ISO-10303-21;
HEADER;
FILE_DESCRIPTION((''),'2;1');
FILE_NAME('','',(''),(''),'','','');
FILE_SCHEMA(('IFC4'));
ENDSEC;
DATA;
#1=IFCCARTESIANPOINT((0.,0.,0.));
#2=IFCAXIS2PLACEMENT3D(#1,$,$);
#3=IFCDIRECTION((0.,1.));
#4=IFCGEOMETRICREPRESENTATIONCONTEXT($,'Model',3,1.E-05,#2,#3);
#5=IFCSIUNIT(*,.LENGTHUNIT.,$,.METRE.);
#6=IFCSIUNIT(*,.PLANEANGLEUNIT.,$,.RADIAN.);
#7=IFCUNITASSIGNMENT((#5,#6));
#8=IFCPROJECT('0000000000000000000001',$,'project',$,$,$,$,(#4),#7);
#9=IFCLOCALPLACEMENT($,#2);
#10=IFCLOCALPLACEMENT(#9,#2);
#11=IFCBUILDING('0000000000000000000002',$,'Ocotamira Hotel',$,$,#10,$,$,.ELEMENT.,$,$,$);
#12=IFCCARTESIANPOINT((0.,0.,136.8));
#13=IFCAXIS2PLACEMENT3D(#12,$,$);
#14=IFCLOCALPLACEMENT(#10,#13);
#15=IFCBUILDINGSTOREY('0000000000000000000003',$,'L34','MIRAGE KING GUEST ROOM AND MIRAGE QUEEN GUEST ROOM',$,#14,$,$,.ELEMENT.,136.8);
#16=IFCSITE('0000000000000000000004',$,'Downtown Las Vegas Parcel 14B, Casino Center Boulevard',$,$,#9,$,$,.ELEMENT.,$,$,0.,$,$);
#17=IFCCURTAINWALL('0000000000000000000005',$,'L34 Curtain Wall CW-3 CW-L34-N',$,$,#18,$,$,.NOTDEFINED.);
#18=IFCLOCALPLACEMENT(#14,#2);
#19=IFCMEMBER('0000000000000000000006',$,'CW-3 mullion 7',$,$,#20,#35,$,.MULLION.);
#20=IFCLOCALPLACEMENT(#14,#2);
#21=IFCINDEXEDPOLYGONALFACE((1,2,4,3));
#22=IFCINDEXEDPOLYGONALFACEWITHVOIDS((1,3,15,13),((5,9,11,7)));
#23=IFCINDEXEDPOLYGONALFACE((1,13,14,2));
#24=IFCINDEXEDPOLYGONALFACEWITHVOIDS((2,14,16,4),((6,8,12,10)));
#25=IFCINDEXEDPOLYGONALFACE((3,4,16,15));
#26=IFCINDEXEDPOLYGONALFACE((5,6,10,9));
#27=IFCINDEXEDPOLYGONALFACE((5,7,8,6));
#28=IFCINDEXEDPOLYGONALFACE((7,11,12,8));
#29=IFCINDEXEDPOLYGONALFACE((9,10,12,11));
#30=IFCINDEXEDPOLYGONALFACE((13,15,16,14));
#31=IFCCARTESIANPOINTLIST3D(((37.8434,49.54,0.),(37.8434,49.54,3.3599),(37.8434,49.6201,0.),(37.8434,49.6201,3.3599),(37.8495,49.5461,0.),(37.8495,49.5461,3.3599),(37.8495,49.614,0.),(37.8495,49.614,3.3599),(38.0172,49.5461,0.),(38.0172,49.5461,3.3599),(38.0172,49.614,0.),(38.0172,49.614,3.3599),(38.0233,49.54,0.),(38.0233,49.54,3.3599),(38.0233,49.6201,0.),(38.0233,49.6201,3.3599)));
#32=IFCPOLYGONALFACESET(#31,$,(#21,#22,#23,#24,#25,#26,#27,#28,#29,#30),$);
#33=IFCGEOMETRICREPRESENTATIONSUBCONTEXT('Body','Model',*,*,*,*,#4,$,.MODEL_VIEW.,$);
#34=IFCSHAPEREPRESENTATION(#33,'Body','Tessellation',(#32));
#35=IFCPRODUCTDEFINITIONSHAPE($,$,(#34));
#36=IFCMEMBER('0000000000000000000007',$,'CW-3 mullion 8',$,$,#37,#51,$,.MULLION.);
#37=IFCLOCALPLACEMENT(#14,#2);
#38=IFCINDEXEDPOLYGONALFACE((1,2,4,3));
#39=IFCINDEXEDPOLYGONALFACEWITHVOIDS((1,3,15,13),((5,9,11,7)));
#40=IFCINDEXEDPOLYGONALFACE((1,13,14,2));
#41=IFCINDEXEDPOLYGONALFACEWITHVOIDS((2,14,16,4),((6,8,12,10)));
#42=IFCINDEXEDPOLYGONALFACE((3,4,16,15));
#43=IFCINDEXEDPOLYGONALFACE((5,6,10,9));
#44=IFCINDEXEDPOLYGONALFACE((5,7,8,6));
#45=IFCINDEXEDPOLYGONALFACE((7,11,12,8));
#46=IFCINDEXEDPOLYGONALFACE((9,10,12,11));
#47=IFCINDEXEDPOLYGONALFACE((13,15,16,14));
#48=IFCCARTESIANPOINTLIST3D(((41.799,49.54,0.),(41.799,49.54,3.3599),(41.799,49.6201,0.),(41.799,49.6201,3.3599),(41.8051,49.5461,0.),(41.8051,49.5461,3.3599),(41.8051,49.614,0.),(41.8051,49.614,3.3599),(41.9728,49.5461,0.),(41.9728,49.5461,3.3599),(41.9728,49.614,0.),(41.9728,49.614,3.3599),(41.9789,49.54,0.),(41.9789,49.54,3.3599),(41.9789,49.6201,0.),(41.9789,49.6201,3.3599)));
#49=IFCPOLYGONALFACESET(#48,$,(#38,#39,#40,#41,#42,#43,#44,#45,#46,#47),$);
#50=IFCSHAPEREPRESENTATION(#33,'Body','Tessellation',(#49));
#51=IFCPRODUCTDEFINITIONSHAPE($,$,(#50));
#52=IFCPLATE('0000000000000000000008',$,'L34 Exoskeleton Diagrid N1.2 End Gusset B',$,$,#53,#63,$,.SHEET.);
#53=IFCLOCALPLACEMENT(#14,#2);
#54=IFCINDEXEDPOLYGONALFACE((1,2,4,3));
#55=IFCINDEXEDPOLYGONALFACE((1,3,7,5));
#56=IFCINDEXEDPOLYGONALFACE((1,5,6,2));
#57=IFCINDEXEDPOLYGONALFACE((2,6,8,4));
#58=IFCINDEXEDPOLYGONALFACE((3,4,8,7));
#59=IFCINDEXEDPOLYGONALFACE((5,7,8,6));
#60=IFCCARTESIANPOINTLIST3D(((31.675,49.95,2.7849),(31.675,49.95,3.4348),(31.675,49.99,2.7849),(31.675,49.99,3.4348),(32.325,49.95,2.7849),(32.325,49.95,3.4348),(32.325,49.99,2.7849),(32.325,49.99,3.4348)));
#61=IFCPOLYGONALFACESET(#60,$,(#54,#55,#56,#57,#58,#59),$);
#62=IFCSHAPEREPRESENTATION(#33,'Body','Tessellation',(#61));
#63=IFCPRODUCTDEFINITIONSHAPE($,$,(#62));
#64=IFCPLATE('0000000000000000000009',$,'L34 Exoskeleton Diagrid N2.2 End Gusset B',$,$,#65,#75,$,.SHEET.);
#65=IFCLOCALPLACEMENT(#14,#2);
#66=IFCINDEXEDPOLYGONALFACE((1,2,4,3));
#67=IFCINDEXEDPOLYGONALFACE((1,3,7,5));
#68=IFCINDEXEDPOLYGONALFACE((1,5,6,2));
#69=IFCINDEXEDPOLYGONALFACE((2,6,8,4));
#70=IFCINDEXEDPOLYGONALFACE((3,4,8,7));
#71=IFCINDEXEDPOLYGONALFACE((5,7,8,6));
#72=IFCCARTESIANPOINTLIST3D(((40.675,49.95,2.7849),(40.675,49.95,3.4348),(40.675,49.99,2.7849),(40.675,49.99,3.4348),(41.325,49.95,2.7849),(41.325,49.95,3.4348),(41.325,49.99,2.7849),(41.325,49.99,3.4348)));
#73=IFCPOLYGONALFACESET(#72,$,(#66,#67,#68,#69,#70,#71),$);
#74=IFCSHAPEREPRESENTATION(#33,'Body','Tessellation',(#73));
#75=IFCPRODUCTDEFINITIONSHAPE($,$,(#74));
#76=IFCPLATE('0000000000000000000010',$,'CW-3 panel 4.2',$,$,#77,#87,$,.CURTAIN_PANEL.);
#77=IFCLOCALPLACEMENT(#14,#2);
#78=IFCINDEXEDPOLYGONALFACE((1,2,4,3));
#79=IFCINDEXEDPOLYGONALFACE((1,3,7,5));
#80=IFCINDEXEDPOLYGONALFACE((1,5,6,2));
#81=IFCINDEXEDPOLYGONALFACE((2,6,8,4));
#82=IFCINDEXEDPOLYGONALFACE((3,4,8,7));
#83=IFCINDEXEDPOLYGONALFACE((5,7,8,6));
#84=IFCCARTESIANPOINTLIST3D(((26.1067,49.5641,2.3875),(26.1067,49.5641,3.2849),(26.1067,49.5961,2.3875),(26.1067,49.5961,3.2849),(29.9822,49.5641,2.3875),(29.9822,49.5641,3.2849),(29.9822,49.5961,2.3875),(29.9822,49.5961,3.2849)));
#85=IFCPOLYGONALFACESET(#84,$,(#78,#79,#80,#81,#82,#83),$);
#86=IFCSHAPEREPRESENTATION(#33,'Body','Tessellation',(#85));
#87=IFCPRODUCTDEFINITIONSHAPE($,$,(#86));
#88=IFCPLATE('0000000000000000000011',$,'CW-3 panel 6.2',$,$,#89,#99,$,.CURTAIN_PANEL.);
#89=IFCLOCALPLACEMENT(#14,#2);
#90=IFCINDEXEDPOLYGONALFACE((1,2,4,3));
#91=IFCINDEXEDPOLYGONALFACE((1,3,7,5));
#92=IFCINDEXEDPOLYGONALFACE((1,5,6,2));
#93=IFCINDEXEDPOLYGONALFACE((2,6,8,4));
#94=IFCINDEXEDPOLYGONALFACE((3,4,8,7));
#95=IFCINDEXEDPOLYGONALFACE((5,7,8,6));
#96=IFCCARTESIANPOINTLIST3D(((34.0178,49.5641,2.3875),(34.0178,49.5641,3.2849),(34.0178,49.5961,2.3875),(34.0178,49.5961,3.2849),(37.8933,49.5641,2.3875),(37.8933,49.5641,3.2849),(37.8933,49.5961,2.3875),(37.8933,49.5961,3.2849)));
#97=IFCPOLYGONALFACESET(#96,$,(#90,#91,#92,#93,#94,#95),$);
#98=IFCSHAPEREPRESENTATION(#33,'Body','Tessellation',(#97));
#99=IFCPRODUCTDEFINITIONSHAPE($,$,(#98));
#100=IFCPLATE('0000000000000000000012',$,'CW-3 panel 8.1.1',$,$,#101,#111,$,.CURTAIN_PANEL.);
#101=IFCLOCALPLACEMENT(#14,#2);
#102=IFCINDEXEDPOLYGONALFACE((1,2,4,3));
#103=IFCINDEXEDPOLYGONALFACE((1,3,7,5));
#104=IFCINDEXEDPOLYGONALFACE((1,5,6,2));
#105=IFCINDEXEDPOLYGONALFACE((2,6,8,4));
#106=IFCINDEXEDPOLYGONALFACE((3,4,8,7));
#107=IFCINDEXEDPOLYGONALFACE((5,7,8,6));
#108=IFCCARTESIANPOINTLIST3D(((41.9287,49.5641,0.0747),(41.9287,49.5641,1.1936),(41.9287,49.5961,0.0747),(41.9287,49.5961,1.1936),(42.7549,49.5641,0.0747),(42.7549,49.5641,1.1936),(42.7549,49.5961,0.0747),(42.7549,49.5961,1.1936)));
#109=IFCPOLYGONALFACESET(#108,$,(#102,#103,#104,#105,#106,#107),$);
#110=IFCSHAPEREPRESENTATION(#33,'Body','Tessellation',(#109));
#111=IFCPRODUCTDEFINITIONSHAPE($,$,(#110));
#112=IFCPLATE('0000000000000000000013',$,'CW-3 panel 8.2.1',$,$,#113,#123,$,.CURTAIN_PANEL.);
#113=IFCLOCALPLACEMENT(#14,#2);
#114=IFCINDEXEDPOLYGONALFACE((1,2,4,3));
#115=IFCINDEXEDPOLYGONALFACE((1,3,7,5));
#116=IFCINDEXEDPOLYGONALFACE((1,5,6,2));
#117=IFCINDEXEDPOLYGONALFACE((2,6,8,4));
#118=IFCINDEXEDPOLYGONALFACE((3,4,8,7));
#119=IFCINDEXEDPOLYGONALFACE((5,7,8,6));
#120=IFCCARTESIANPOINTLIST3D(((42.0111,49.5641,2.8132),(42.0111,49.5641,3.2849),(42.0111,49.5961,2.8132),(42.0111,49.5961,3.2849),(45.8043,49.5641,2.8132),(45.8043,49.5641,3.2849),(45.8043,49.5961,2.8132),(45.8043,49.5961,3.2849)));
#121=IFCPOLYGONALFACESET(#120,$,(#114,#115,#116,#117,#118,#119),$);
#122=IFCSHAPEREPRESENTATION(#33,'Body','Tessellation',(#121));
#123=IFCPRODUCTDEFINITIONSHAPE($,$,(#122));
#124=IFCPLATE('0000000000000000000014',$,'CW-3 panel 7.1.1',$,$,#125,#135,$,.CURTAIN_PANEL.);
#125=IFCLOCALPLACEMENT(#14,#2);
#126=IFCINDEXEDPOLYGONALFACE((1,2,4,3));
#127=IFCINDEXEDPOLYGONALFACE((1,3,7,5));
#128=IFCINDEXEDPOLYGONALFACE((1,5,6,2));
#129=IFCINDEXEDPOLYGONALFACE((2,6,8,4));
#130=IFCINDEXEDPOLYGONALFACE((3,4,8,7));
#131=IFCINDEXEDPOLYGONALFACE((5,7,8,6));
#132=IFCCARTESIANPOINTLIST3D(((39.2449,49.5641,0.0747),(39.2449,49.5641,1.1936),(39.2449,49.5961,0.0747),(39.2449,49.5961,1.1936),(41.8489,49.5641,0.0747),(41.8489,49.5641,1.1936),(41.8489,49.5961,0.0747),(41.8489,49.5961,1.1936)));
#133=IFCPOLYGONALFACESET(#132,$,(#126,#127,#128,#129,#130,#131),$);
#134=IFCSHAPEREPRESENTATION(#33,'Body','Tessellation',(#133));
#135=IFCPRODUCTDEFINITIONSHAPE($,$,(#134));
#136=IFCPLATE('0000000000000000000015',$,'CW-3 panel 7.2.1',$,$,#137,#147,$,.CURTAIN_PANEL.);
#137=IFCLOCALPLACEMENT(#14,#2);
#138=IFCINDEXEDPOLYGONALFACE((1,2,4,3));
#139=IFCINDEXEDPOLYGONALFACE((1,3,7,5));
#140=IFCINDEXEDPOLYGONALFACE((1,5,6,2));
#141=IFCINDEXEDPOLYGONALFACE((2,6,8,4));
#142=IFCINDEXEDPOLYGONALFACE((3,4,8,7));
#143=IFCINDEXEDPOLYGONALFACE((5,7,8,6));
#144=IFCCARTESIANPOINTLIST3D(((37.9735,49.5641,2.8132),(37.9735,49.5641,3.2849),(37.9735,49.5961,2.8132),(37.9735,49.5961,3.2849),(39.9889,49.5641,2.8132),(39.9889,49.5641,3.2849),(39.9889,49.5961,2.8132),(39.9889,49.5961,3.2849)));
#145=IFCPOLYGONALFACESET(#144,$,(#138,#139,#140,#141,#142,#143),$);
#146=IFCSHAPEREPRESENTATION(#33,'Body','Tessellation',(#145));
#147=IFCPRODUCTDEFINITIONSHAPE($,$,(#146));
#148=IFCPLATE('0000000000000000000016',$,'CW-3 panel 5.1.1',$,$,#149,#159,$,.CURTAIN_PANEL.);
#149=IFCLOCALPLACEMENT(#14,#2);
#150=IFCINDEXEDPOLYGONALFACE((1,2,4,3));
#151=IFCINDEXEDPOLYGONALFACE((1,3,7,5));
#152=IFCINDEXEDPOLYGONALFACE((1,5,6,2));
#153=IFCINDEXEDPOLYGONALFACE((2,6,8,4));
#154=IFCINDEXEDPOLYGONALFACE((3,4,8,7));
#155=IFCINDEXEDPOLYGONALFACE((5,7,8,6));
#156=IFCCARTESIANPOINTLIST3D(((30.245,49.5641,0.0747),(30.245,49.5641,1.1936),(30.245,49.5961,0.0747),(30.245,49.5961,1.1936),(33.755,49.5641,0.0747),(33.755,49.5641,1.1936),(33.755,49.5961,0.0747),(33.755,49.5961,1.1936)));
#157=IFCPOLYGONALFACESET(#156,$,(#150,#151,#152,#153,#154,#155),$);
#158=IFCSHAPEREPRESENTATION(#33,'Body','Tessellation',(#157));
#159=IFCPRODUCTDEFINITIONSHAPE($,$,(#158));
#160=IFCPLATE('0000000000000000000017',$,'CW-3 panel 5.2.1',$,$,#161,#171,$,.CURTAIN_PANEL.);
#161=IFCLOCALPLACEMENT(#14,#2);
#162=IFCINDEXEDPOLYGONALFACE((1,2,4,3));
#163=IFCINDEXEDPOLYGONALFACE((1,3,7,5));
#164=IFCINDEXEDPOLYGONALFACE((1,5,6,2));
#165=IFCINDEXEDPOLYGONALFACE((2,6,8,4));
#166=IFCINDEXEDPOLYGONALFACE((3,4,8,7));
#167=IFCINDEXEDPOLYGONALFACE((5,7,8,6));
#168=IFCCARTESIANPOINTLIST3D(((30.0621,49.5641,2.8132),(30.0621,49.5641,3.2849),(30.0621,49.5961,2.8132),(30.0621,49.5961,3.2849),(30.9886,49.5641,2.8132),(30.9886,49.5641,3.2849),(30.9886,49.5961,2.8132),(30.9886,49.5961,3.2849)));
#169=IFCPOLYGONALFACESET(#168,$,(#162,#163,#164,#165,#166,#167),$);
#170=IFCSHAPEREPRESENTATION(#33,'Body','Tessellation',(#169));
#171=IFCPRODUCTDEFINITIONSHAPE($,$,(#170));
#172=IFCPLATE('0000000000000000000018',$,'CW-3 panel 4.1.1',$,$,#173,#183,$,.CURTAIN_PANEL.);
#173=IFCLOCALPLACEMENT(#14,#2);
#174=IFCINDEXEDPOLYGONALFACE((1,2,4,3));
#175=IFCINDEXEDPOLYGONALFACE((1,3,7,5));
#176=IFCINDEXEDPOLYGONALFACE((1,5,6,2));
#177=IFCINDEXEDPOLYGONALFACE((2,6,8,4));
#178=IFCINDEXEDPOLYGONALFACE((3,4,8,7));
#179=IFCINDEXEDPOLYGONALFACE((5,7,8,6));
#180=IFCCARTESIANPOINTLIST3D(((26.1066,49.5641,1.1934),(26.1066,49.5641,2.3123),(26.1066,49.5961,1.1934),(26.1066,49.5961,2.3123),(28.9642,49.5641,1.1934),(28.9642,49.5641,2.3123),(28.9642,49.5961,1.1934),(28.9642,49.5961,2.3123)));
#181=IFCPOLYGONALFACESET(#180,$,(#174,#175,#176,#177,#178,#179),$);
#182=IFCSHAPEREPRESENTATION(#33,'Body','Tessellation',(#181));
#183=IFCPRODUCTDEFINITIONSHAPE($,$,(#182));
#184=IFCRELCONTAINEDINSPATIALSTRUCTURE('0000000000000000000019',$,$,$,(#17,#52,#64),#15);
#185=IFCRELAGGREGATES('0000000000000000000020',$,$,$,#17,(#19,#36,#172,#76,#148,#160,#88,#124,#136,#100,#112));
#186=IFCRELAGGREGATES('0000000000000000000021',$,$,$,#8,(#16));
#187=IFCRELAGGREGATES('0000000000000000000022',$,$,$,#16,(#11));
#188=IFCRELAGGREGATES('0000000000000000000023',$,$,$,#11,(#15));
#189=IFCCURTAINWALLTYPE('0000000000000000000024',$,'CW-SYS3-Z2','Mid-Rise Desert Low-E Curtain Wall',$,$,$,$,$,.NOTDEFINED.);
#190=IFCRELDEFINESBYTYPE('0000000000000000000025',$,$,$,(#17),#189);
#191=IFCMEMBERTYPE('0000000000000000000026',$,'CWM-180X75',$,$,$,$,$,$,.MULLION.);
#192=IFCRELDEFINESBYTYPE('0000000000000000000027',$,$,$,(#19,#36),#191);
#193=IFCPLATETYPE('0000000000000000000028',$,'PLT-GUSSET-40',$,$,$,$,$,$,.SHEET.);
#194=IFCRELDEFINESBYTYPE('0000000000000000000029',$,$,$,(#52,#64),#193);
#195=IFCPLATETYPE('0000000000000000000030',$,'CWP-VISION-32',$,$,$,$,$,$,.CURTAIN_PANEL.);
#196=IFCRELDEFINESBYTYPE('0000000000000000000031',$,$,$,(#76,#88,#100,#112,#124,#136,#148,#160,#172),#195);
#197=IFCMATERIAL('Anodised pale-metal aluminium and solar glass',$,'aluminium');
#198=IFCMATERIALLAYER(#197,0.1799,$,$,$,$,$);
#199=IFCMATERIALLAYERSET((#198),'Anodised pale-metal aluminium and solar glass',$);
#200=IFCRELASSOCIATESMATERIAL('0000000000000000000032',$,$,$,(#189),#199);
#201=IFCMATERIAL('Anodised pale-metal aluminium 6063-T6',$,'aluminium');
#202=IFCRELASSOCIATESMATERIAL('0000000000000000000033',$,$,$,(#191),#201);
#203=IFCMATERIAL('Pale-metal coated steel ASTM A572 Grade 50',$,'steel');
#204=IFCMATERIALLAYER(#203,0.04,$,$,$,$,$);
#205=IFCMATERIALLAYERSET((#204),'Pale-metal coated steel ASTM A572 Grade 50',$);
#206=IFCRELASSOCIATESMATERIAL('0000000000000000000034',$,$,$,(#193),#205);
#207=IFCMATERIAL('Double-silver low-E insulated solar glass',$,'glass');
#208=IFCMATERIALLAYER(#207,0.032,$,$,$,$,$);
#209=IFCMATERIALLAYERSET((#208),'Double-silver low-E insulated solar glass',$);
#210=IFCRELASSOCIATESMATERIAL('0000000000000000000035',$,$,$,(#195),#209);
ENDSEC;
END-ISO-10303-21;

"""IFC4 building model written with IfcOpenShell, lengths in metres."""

from ifc_helpers import new_model, si_unit, direction, frame, origin, origin_2d, place, context, subcontext, project, spatial, rectangle, hollow_rectangle, extrude, source, transform, mapped, material, layer, layer_set, material_profile, profile_set, type_object, element, aggregate, save


model = new_model("IFC4")

# Units and contexts
model_context = context("Model", 3, precision=1e-05, world=origin(), true_north=direction((0.0, 1.0)))
body_context = subcontext(model_context, "Body", "Model", "MODEL_VIEW")
ifc_project = project(units=[si_unit("LENGTHUNIT", "METRE"), si_unit("PLANEANGLEUNIT", "RADIAN")], contexts=[model_context])

# Site, building, storey
site_placement = place(None, origin())
site = spatial("IfcSite", under=ifc_project, at=site_placement, Name="Downtown Las Vegas Parcel 14B, Casino Center Boulevard", CompositionType="ELEMENT", RefElevation=0.0)
building_placement = place(site_placement, origin())
building = spatial("IfcBuilding", under=site, at=building_placement, Name="Ocotamira Hotel", CompositionType="ELEMENT")
storey_placement = place(building_placement, frame((0.0, 0.0, 136.8)))
storey = spatial("IfcBuildingStorey", under=building, at=storey_placement, Name="L34", Description="MIRAGE KING GUEST ROOM AND MIRAGE QUEEN GUEST ROOM", CompositionType="ELEMENT", Elevation=136.8)

# Curtain wall, members
ifc_material_1 = material(Name="Anodised pale-metal aluminium and solar glass", Category="aluminium")
ifc_layer_1 = layer(ifc_material_1, 0.1799)
ifc_layer_set_1 = layer_set([ifc_layer_1], Name="Anodised pale-metal aluminium and solar glass")
curtain_wall_type = type_object("IfcCurtainWallType", Name="CW-SYS3-Z2", Description="Mid-Rise Desert Low-E Curtain Wall", PredefinedType="NOTDEFINED", material=ifc_layer_set_1)
curtain_wall_placement = place(storey_placement, origin())
curtain_wall = element("IfcCurtainWall", 1, at=curtain_wall_placement, inside=storey, type_object=curtain_wall_type, Name="L34 Curtain Wall CW-3 CW-L34-N", PredefinedType="NOTDEFINED")
ifc_material_2 = material(Name="Anodised pale-metal aluminium 6063-T6", Category="aluminium")
ifc_material_profile_1 = material_profile(ifc_material_2, hollow_rectangle(XDim=0.0801, YDim=0.1799, WallThickness=0.0061, at=origin_2d()), Name="HSS180X80X6")
ifc_profile_set_1 = profile_set([ifc_material_profile_1], Name="Anodised pale-metal aluminium 6063-T6")
member_type_1 = type_object("IfcMemberType", Name="CWM-180X75", PredefinedType="MULLION", material=ifc_profile_set_1)
shared_shape_1 = source(origin(), body_context, "Body", "SweptSolid", [
    extrude(hollow_rectangle(XDim=0.0801, YDim=0.1799, WallThickness=0.0061, at=origin_2d()), origin(), (0.0, 0.0, 1.0), 3.3599),
])
member_1_placement = place(storey_placement, frame((37.9333, 49.5801, 0.0), z_axis=(0.0, 0.0, 1.0), x_axis=(0.0, 1.0, 0.0)))
member_1 = element("IfcMember", 2, at=member_1_placement, type_object=member_type_1, Name="CW-3 mullion 7", PredefinedType="MULLION", context=body_context, shape_type="MappedRepresentation", body=[
    mapped(shared_shape_1, transform((0.0, 0.0, 0.0), scale=1.0)),
])
member_2_placement = place(storey_placement, frame((41.8889, 49.5801, 0.0), z_axis=(0.0, 0.0, 1.0), x_axis=(0.0, 1.0, 0.0)))
member_2 = element("IfcMember", 3, at=member_2_placement, type_object=member_type_1, Name="CW-3 mullion 8", PredefinedType="MULLION", context=body_context, shape_type="MappedRepresentation", body=[
    mapped(shared_shape_1, transform((0.0, 0.0, 0.0), scale=1.0)),
])

# Plates
ifc_material_3 = material(Name="Pale-metal coated steel ASTM A572 Grade 50", Category="steel")
ifc_layer_2 = layer(ifc_material_3, 0.04)
ifc_layer_set_2 = layer_set([ifc_layer_2], Name="Pale-metal coated steel ASTM A572 Grade 50")
plate_type_1 = type_object("IfcPlateType", Name="PLT-GUSSET-40", PredefinedType="SHEET", material=ifc_layer_set_2)
shared_shape_2 = source(origin(), body_context, "Body", "SweptSolid", [
    extrude(rectangle(XDim=0.6499, YDim=0.04, at=origin_2d()), origin(), (0.0, 0.0, 1.0), 0.6499),
])
for number, where, z_axis, x_axis, name in (
    (4, (32.0, 49.97, 2.7849), (0.0, 0.0, 1.0), (1.0, 0.0, 0.0), "L34 Exoskeleton Diagrid N1.2 End Gusset B"),
    (5, (41.0, 49.97, 2.7849), (0.0, 0.0, 1.0), (1.0, 0.0, 0.0), "L34 Exoskeleton Diagrid N2.2 End Gusset B"),
):
    element("IfcPlate", number, at=place(storey_placement, frame(where, z_axis=z_axis, x_axis=x_axis)), inside=storey, type_object=plate_type_1, Name=name, PredefinedType="SHEET", context=body_context, shape_type="MappedRepresentation", body=[
        mapped(shared_shape_2, transform((0.0, 0.0, 0.0), scale=1.0)),
    ])

# Plates
ifc_material_4 = material(Name="Double-silver low-E insulated solar glass", Category="glass")
ifc_layer_3 = layer(ifc_material_4, 0.032)
ifc_layer_set_3 = layer_set([ifc_layer_3], Name="Double-silver low-E insulated solar glass")
plate_type_2 = type_object("IfcPlateType", Name="CWP-VISION-32", PredefinedType="CURTAIN_PANEL", material=ifc_layer_set_3)
shared_shape_3 = source(origin(), body_context, "Body", "SweptSolid", [
    extrude(rectangle(XDim=3.8755, YDim=0.032, at=origin_2d()), origin(), (0.0, 0.0, 1.0), 0.8975),
])
plate_1_placement = place(storey_placement, frame((28.0444, 49.5801, 2.3875), z_axis=(0.0, 0.0, 1.0), x_axis=(1.0, 0.0, 0.0)))
plate_1 = element("IfcPlate", 6, at=plate_1_placement, type_object=plate_type_2, Name="CW-3 panel 4.2", PredefinedType="CURTAIN_PANEL", context=body_context, shape_type="MappedRepresentation", body=[
    mapped(shared_shape_3, transform((0.0, 0.0, 0.0), scale=1.0)),
])
plate_2_placement = place(storey_placement, frame((35.9556, 49.5801, 2.3875), z_axis=(0.0, 0.0, 1.0), x_axis=(1.0, 0.0, 0.0)))
plate_2 = element("IfcPlate", 7, at=plate_2_placement, type_object=plate_type_2, Name="CW-3 panel 6.2", PredefinedType="CURTAIN_PANEL", context=body_context, shape_type="MappedRepresentation", body=[
    mapped(shared_shape_3, transform((0.0, 0.0, 0.0), scale=1.0)),
])
shared_shape_4 = source(origin(), body_context, "Body", "SweptSolid", [
    extrude(rectangle(XDim=0.8262, YDim=0.032, at=origin_2d()), origin(), (0.0, 0.0, 1.0), 1.1189),
])
plate_3_placement = place(storey_placement, frame((42.3418, 49.5801, 0.0747), z_axis=(0.0, 0.0, 1.0), x_axis=(1.0, 0.0, 0.0)))
plate_3 = element("IfcPlate", 8, at=plate_3_placement, type_object=plate_type_2, Name="CW-3 panel 8.1.1", PredefinedType="CURTAIN_PANEL", context=body_context, shape_type="MappedRepresentation", body=[
    mapped(shared_shape_4, transform((0.0, 0.0, 0.0), scale=1.0)),
])
shared_shape_5 = source(origin(), body_context, "Body", "SweptSolid", [
    extrude(rectangle(XDim=3.7932, YDim=0.032, at=origin_2d()), origin(), (0.0, 0.0, 1.0), 0.4717),
])
plate_4_placement = place(storey_placement, frame((43.9077, 49.5801, 2.8132), z_axis=(0.0, 0.0, 1.0), x_axis=(1.0, 0.0, 0.0)))
plate_4 = element("IfcPlate", 9, at=plate_4_placement, type_object=plate_type_2, Name="CW-3 panel 8.2.1", PredefinedType="CURTAIN_PANEL", context=body_context, shape_type="MappedRepresentation", body=[
    mapped(shared_shape_5, transform((0.0, 0.0, 0.0), scale=1.0)),
])
shared_shape_6 = source(origin(), body_context, "Body", "SweptSolid", [
    extrude(rectangle(XDim=2.604, YDim=0.032, at=origin_2d()), origin(), (0.0, 0.0, 1.0), 1.1189),
])
plate_5_placement = place(storey_placement, frame((40.5469, 49.5801, 0.0747), z_axis=(0.0, 0.0, 1.0), x_axis=(1.0, 0.0, 0.0)))
plate_5 = element("IfcPlate", 10, at=plate_5_placement, type_object=plate_type_2, Name="CW-3 panel 7.1.1", PredefinedType="CURTAIN_PANEL", context=body_context, shape_type="MappedRepresentation", body=[
    mapped(shared_shape_6, transform((0.0, 0.0, 0.0), scale=1.0)),
])
shared_shape_7 = source(origin(), body_context, "Body", "SweptSolid", [
    extrude(rectangle(XDim=2.0154, YDim=0.032, at=origin_2d()), origin(), (0.0, 0.0, 1.0), 0.4717),
])
plate_6_placement = place(storey_placement, frame((38.9812, 49.5801, 2.8132), z_axis=(0.0, 0.0, 1.0), x_axis=(1.0, 0.0, 0.0)))
plate_6 = element("IfcPlate", 11, at=plate_6_placement, type_object=plate_type_2, Name="CW-3 panel 7.2.1", PredefinedType="CURTAIN_PANEL", context=body_context, shape_type="MappedRepresentation", body=[
    mapped(shared_shape_7, transform((0.0, 0.0, 0.0), scale=1.0)),
])
shared_shape_8 = source(origin(), body_context, "Body", "SweptSolid", [
    extrude(rectangle(XDim=3.51, YDim=0.032, at=origin_2d()), origin(), (0.0, 0.0, 1.0), 1.1189),
])
plate_7_placement = place(storey_placement, frame((32.0, 49.5801, 0.0747), z_axis=(0.0, 0.0, 1.0), x_axis=(1.0, 0.0, 0.0)))
plate_7 = element("IfcPlate", 12, at=plate_7_placement, type_object=plate_type_2, Name="CW-3 panel 5.1.1", PredefinedType="CURTAIN_PANEL", context=body_context, shape_type="MappedRepresentation", body=[
    mapped(shared_shape_8, transform((0.0, 0.0, 0.0), scale=1.0)),
])
shared_shape_9 = source(origin(), body_context, "Body", "SweptSolid", [
    extrude(rectangle(XDim=0.9265, YDim=0.032, at=origin_2d()), origin(), (0.0, 0.0, 1.0), 0.4717),
])
plate_8_placement = place(storey_placement, frame((30.5254, 49.5801, 2.8132), z_axis=(0.0, 0.0, 1.0), x_axis=(1.0, 0.0, 0.0)))
plate_8 = element("IfcPlate", 13, at=plate_8_placement, type_object=plate_type_2, Name="CW-3 panel 5.2.1", PredefinedType="CURTAIN_PANEL", context=body_context, shape_type="MappedRepresentation", body=[
    mapped(shared_shape_9, transform((0.0, 0.0, 0.0), scale=1.0)),
])
shared_shape_10 = source(origin(), body_context, "Body", "SweptSolid", [
    extrude(rectangle(XDim=2.8577, YDim=0.032, at=origin_2d()), origin(), (0.0, 0.0, 1.0), 1.1189),
])
plate_9_placement = place(storey_placement, frame((27.5354, 49.5801, 1.1934), z_axis=(0.0, 0.0, 1.0), x_axis=(1.0, 0.0, 0.0)))
plate_9 = element("IfcPlate", 14, at=plate_9_placement, type_object=plate_type_2, Name="CW-3 panel 4.1.1", PredefinedType="CURTAIN_PANEL", context=body_context, shape_type="MappedRepresentation", body=[
    mapped(shared_shape_10, transform((0.0, 0.0, 0.0), scale=1.0)),
])
aggregate(curtain_wall, [member_1, member_2, plate_9, plate_1, plate_7, plate_8, plate_2, plate_5, plate_6, plate_3, plate_4])

save(model, "model.ifc")
